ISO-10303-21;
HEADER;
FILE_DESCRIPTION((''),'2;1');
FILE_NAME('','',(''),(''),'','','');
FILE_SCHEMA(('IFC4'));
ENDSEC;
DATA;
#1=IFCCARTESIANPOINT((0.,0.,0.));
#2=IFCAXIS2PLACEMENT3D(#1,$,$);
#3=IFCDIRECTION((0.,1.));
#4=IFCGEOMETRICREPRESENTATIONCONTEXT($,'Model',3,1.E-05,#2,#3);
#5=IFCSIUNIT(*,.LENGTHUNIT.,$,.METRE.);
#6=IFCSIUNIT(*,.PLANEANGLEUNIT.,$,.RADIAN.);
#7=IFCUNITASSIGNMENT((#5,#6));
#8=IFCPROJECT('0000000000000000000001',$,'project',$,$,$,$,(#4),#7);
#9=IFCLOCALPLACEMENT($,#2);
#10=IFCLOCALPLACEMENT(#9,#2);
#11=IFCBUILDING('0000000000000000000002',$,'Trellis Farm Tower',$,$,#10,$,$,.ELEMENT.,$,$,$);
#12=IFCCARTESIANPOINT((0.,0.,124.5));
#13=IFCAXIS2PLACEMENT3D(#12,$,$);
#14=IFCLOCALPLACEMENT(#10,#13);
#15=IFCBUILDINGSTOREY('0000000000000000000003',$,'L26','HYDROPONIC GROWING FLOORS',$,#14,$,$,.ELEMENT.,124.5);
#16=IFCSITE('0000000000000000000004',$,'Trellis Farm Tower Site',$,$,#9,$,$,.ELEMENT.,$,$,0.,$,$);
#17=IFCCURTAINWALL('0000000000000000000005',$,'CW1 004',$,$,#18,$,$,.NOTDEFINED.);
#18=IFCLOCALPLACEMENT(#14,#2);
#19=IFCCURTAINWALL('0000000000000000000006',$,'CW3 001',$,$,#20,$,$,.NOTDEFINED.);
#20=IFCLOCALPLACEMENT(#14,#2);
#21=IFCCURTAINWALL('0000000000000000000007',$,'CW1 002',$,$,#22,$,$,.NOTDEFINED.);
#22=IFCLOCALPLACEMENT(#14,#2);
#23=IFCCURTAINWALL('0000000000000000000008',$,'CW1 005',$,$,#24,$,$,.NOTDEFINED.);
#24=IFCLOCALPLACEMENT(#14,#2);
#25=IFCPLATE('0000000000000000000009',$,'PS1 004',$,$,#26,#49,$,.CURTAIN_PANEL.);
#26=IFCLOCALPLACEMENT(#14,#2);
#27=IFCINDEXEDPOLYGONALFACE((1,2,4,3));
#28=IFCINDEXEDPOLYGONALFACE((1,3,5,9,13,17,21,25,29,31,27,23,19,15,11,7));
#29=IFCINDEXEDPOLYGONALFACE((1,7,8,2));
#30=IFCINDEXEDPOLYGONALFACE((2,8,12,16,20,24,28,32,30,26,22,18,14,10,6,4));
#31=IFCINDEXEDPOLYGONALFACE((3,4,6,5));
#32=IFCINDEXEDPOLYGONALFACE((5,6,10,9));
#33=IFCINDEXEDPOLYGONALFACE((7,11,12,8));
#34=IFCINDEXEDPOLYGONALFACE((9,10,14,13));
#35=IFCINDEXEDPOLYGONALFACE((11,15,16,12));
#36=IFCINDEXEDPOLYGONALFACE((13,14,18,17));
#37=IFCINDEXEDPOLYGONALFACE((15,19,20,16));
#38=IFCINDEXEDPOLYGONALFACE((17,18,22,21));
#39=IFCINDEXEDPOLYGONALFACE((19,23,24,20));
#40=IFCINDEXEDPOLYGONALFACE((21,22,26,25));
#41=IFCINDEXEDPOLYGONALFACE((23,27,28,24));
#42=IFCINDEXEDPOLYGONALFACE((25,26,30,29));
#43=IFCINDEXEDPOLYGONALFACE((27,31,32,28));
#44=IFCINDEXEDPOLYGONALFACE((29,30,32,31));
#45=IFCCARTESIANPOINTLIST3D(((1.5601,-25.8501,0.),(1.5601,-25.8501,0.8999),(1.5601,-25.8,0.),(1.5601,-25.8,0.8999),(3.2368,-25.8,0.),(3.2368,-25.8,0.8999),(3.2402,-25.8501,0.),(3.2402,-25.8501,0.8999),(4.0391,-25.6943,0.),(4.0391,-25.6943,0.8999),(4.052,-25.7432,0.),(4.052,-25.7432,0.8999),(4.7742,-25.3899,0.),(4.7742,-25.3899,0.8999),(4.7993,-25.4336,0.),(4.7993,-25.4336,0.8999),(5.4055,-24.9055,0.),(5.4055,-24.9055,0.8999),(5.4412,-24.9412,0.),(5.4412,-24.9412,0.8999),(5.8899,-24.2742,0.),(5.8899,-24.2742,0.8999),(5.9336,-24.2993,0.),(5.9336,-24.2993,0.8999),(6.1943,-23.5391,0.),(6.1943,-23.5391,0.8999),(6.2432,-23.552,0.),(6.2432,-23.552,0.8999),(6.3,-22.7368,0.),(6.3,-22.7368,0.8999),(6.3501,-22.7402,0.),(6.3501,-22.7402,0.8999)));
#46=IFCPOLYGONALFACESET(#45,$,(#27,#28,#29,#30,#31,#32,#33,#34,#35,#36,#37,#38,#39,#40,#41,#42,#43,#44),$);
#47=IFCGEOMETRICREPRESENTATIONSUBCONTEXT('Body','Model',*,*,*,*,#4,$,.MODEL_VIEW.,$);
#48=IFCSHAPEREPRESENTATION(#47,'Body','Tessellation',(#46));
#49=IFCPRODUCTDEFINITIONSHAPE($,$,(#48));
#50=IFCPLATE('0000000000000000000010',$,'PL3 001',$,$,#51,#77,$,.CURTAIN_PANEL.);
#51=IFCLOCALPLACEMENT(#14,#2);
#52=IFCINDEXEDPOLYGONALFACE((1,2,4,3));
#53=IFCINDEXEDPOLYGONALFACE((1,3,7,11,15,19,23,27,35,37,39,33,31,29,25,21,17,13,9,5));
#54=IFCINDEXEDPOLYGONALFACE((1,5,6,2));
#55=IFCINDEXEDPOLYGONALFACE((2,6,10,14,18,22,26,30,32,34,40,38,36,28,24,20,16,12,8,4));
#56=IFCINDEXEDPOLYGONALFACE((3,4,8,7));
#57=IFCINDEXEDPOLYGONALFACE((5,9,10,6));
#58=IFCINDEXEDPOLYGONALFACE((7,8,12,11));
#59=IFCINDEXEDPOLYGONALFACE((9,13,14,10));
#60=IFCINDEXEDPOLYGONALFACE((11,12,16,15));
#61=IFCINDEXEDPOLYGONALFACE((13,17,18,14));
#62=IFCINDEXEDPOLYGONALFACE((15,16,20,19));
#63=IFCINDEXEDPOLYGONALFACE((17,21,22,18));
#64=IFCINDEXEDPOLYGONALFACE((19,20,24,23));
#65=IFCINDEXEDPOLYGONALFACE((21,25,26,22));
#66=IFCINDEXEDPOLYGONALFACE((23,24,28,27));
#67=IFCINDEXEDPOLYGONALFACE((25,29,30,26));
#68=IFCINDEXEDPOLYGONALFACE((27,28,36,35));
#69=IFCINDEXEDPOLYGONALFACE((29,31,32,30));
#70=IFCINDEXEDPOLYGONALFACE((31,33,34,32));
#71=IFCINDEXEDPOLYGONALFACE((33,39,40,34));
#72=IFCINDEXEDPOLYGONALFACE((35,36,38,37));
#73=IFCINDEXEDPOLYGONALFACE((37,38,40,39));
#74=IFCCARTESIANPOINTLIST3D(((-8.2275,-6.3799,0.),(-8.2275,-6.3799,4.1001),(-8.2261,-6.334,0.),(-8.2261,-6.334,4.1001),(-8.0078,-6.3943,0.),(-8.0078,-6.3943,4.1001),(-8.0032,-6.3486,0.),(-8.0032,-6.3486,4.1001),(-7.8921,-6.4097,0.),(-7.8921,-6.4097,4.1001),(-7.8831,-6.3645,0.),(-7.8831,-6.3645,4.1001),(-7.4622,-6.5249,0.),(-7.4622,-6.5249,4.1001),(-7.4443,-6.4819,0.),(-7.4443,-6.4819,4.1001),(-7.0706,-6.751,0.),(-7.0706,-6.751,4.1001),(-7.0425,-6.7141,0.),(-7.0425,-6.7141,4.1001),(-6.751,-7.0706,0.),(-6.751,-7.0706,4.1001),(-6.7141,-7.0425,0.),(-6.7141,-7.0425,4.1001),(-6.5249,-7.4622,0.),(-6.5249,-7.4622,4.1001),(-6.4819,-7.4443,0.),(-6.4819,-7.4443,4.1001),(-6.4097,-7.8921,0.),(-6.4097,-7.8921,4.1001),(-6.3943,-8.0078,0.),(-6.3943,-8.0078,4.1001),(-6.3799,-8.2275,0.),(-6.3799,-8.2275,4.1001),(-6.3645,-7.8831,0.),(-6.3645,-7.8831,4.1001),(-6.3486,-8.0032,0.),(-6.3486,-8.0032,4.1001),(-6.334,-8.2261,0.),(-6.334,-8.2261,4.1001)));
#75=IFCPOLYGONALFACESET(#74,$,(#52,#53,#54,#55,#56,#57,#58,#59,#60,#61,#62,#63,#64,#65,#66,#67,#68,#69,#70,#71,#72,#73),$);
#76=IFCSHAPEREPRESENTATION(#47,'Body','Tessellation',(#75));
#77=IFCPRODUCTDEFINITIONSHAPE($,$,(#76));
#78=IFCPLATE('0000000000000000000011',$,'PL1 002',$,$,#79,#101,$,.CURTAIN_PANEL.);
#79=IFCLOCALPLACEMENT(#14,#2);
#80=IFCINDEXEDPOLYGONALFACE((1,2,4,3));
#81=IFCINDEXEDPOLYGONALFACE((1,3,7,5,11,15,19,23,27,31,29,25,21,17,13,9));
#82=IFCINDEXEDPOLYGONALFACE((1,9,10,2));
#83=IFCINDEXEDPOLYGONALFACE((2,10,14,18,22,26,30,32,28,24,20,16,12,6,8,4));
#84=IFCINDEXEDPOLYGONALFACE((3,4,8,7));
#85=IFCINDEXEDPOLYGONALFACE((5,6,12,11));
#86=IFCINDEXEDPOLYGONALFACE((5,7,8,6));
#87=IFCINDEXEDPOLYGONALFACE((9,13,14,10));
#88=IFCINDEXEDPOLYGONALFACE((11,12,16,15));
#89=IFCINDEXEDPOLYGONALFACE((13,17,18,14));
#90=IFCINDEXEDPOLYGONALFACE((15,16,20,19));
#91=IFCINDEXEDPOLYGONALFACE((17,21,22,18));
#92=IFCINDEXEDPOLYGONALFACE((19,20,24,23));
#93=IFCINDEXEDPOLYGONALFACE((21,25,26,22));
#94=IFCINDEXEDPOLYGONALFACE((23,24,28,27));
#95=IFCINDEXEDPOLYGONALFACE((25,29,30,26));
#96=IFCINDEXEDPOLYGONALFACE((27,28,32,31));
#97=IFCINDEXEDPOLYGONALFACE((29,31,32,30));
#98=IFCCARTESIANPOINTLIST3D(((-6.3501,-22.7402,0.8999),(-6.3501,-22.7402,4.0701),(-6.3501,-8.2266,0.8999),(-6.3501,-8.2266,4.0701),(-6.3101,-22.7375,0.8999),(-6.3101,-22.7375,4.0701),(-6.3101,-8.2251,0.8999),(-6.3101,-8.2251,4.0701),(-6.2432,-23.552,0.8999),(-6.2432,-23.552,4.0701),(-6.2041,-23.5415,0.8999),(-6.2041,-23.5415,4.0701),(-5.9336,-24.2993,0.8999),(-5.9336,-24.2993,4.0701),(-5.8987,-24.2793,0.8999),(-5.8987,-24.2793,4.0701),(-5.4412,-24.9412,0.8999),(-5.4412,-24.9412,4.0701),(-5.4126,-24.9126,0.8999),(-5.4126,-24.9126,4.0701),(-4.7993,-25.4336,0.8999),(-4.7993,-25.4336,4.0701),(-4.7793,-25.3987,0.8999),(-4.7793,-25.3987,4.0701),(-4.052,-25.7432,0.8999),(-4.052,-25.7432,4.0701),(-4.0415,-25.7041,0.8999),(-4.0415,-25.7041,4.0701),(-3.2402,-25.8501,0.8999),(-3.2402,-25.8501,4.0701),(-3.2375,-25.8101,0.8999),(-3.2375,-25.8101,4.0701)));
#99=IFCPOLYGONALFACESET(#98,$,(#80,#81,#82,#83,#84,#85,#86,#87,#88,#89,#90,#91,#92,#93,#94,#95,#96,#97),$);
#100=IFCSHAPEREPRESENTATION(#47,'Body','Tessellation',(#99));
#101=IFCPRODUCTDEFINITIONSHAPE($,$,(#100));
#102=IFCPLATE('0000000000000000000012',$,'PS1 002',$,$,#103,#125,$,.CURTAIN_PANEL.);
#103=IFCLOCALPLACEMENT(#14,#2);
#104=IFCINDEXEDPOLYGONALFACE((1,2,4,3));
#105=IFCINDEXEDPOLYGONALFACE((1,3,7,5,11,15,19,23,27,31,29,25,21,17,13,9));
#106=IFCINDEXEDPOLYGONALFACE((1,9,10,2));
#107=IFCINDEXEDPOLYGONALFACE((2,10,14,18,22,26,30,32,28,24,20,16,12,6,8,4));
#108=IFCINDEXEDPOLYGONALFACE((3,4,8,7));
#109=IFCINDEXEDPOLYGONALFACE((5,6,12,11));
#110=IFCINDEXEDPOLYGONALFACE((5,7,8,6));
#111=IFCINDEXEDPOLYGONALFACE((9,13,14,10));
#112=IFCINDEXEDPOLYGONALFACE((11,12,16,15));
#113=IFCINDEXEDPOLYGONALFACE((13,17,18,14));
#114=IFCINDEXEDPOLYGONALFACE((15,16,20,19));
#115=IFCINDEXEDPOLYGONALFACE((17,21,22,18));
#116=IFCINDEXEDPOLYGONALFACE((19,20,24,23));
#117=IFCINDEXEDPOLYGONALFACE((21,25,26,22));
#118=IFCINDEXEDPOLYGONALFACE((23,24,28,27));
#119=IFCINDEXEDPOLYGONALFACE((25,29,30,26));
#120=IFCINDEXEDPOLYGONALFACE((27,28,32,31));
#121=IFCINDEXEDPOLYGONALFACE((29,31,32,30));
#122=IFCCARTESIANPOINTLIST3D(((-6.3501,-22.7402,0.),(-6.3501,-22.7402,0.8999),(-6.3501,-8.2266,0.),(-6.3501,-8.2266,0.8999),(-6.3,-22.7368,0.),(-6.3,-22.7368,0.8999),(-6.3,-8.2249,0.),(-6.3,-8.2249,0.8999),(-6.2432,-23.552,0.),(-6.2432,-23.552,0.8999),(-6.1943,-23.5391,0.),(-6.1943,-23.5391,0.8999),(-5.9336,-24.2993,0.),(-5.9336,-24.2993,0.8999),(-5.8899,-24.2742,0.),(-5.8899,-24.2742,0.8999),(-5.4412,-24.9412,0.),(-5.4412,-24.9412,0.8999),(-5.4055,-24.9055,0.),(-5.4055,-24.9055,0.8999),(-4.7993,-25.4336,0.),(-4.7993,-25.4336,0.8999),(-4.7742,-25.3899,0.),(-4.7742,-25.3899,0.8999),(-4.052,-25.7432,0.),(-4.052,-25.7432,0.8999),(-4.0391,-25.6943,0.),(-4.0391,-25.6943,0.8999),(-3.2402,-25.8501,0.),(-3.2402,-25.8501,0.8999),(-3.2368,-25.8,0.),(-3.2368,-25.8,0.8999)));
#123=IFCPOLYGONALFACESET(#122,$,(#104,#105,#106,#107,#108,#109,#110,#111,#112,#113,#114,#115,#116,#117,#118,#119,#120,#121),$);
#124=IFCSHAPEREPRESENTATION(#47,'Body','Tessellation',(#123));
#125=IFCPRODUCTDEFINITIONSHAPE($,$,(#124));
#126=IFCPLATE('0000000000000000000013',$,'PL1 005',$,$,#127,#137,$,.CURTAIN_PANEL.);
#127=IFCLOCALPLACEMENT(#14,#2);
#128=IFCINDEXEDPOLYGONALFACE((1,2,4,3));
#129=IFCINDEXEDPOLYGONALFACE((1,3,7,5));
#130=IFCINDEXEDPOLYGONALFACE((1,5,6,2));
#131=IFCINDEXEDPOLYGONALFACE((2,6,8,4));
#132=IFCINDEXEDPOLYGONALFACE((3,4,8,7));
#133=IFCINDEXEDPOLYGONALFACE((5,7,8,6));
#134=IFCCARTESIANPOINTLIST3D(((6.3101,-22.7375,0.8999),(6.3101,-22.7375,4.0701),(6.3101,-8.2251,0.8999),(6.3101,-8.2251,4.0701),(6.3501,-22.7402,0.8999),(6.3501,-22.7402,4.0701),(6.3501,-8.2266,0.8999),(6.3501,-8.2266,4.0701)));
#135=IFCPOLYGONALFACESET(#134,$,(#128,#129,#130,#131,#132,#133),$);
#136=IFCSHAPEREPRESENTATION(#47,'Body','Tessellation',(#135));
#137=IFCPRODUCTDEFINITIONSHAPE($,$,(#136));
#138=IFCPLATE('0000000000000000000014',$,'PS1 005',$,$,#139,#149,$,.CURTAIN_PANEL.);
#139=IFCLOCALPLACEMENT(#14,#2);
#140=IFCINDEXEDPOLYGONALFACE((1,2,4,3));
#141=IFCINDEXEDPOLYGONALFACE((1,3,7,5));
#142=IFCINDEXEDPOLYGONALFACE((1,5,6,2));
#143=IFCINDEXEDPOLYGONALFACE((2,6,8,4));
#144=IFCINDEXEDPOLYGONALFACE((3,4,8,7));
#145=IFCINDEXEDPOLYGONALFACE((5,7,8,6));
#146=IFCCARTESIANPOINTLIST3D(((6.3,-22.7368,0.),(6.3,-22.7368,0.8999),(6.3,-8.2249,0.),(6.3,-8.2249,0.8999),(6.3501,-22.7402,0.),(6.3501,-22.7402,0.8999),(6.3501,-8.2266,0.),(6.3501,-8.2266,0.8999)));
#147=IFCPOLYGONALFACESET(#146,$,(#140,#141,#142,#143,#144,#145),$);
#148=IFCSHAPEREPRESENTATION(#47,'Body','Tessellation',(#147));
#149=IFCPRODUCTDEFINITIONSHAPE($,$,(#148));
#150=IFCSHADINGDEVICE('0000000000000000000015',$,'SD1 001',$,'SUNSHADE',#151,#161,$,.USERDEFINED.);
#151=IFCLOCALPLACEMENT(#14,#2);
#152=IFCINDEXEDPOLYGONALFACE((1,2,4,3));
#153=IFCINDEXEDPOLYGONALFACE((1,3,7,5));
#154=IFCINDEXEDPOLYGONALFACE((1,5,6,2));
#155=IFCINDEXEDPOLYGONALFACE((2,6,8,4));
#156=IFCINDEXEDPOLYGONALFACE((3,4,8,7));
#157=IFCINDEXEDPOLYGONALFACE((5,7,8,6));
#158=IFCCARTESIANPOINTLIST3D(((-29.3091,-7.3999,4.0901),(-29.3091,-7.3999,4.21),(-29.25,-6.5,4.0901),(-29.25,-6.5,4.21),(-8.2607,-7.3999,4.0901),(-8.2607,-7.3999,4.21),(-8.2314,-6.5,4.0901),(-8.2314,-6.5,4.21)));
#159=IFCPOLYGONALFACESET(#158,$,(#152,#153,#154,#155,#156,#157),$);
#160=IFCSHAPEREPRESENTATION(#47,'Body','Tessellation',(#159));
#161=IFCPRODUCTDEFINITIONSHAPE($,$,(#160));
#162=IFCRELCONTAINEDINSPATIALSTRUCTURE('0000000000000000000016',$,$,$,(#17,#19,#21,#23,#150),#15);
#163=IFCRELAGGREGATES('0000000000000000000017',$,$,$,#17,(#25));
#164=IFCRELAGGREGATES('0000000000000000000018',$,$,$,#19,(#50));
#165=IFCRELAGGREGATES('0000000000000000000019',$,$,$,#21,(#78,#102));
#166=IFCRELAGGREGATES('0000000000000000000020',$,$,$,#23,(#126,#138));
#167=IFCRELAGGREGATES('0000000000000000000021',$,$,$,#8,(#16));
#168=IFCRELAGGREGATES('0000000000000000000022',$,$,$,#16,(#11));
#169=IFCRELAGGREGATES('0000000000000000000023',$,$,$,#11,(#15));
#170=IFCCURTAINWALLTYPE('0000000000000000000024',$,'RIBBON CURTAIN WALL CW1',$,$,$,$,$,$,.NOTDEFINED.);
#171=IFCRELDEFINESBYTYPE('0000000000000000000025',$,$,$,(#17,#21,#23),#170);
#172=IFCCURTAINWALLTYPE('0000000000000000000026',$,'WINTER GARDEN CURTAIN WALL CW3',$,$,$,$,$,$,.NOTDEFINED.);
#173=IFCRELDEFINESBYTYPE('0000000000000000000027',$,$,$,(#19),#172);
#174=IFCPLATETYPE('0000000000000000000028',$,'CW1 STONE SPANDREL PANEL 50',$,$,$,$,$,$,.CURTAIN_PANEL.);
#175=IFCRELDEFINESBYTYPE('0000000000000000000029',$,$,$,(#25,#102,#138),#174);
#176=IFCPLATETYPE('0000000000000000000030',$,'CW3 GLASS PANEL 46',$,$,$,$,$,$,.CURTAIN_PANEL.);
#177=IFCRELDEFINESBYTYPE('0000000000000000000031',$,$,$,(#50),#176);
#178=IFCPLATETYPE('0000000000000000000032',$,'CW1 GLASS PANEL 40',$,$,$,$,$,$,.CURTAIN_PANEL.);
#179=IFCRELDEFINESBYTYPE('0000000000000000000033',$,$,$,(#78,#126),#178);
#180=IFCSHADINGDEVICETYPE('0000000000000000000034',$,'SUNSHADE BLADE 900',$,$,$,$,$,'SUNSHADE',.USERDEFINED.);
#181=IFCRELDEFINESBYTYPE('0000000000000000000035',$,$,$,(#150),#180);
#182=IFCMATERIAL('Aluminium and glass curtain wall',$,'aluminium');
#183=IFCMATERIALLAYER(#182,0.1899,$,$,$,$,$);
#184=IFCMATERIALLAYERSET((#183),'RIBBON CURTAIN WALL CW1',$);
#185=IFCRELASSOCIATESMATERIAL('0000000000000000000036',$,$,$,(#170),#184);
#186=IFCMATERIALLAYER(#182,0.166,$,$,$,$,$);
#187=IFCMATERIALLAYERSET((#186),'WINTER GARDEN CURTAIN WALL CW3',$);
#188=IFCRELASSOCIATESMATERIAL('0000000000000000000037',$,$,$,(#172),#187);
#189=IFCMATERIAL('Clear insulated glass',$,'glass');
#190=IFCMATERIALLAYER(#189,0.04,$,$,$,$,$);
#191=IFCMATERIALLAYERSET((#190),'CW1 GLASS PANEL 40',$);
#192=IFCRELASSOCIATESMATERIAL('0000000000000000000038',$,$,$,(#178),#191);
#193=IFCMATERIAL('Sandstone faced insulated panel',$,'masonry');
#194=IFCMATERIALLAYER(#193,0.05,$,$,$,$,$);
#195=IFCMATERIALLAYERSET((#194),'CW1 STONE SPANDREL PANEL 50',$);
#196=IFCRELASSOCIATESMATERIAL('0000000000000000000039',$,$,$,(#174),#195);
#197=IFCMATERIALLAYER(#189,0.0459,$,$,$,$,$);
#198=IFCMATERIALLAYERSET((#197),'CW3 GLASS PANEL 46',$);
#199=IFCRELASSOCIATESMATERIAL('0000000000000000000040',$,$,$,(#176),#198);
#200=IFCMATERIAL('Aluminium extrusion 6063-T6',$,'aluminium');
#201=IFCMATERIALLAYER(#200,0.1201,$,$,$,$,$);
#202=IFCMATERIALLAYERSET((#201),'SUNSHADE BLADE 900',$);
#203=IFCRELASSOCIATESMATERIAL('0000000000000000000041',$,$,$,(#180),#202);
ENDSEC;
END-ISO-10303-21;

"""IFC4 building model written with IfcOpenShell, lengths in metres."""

from ifc_helpers import new_model, si_unit, direction, frame, origin, place, context, subcontext, project, spatial, polyline, outline, extrude, source, transform, mapped, material, layer, layer_set, type_object, element, aggregate, save


model = new_model("IFC4")

# Units and contexts
model_context = context("Model", 3, precision=1e-05, world=origin(), true_north=direction((0.0, 1.0)))
body_context = subcontext(model_context, "Body", "Model", "MODEL_VIEW")
ifc_project = project(units=[si_unit("LENGTHUNIT", "METRE"), si_unit("PLANEANGLEUNIT", "RADIAN")], contexts=[model_context])

# Site, building, storey
site_placement = place(None, origin())
site = spatial("IfcSite", under=ifc_project, at=site_placement, Name="Trellis Farm Tower Site", CompositionType="ELEMENT", RefElevation=0.0)
building_placement = place(site_placement, origin())
building = spatial("IfcBuilding", under=site, at=building_placement, Name="Trellis Farm Tower", CompositionType="ELEMENT")
storey_placement = place(building_placement, frame((0.0, 0.0, 124.5)))
storey = spatial("IfcBuildingStorey", under=building, at=storey_placement, Name="L26", Description="HYDROPONIC GROWING FLOORS", CompositionType="ELEMENT", Elevation=124.5)

# Curtain walls
ifc_material_1 = material(Name="Aluminium and glass curtain wall", Category="aluminium")
ifc_layer_1 = layer(ifc_material_1, 0.1899)
ifc_layer_set_1 = layer_set([ifc_layer_1], Name="RIBBON CURTAIN WALL CW1")
curtain_wall_type_1 = type_object("IfcCurtainWallType", Name="RIBBON CURTAIN WALL CW1", PredefinedType="NOTDEFINED", material=ifc_layer_set_1)
placement_1 = place(storey_placement, origin())
ifc_material_2 = material(Name="Aluminium extrusion 6063-T6", Category="aluminium")
curtain_wall_1 = element("IfcCurtainWall", 1, at=placement_1, inside=storey, type_object=curtain_wall_type_1, Name="CW1 004", PredefinedType="NOTDEFINED")
ifc_layer_2 = layer(ifc_material_1, 0.166)
ifc_layer_set_2 = layer_set([ifc_layer_2], Name="WINTER GARDEN CURTAIN WALL CW3")
curtain_wall_type_2 = type_object("IfcCurtainWallType", Name="WINTER GARDEN CURTAIN WALL CW3", PredefinedType="NOTDEFINED", material=ifc_layer_set_2)
curtain_wall_2 = element("IfcCurtainWall", 2, at=placement_1, inside=storey, type_object=curtain_wall_type_2, Name="CW3 001", PredefinedType="NOTDEFINED")
curtain_wall_3 = element("IfcCurtainWall", 3, at=placement_1, inside=storey, type_object=curtain_wall_type_1, Name="CW1 002", PredefinedType="NOTDEFINED")
curtain_wall_4 = element("IfcCurtainWall", 4, at=placement_1, inside=storey, type_object=curtain_wall_type_1, Name="CW1 005", PredefinedType="NOTDEFINED")

# Plates
ifc_material_3 = material(Name="Clear insulated glass", Category="glass")
ifc_layer_3 = layer(ifc_material_3, 0.04)
ifc_layer_set_3 = layer_set([ifc_layer_3], Name="CW1 GLASS PANEL 40")
plate_type_1 = type_object("IfcPlateType", Name="CW1 GLASS PANEL 40", PredefinedType="CURTAIN_PANEL", material=ifc_layer_set_3)
placement_2 = place(storey_placement, frame((0.0, 0.0, 0.8999)))
ifc_material_4 = material(Name="Sandstone faced insulated panel", Category="masonry")
ifc_layer_4 = layer(ifc_material_4, 0.05)
ifc_layer_set_4 = layer_set([ifc_layer_4], Name="CW1 STONE SPANDREL PANEL 50")
plate_type_2 = type_object("IfcPlateType", Name="CW1 STONE SPANDREL PANEL 50", PredefinedType="CURTAIN_PANEL", material=ifc_layer_set_4)
plate_1 = element("IfcPlate", 5, at=placement_1, type_object=plate_type_2, Name="PS1 004", PredefinedType="CURTAIN_PANEL", context=body_context, shape_type="SweptSolid", body=[
    extrude(outline(polyline([(1.5601, -25.8501), (3.2402, -25.8501), (4.052, -25.7432), (4.7993, -25.4336), (5.4412, -24.9412), (5.9336, -24.2993), (6.2432, -23.552), (6.3501, -22.7402), (6.3, -22.7368), (6.1943, -23.5391), (5.8899, -24.2742), (5.4055, -24.9055), (4.7742, -25.3899), (4.0391, -25.6943), (3.2368, -25.8), (1.5601, -25.8), (1.5601, -25.8501)])), origin(), (0.0, 0.0, 1.0), 0.8999),
])
aggregate(curtain_wall_1, [plate_1])
ifc_layer_5 = layer(ifc_material_3, 0.0459)
ifc_layer_set_5 = layer_set([ifc_layer_5], Name="CW3 GLASS PANEL 46")
plate_type_3 = type_object("IfcPlateType", Name="CW3 GLASS PANEL 46", PredefinedType="CURTAIN_PANEL", material=ifc_layer_set_5)
shared_shape_1 = source(origin(), body_context, "Body", "SweptSolid", [
    extrude(outline(polyline([(-8.2275, -6.3799), (-8.0078, -6.3943), (-7.8921, -6.4097), (-7.4622, -6.5249), (-7.0706, -6.751), (-6.751, -7.0706), (-6.5249, -7.4622), (-6.4097, -7.8921), (-6.3943, -8.0078), (-6.3799, -8.2275), (-6.334, -8.2261), (-6.3486, -8.0032), (-6.3645, -7.8831), (-6.4819, -7.4443), (-6.7141, -7.0425), (-7.0425, -6.7141), (-7.4443, -6.4819), (-7.8831, -6.3645), (-8.0032, -6.3486), (-8.2261, -6.334), (-8.2275, -6.3799)])), origin(), (0.0, 0.0, 1.0), 4.1001),
])
plate_2 = element("IfcPlate", 6, at=placement_1, type_object=plate_type_3, Name="PL3 001", PredefinedType="CURTAIN_PANEL", context=body_context, shape_type="MappedRepresentation", body=[
    mapped(shared_shape_1, transform((0.0, 0.0, 0.0))),
])
aggregate(curtain_wall_2, [plate_2])
shared_shape_2 = source(origin(), body_context, "Body", "SweptSolid", [
    extrude(outline(polyline([(-6.3501, -8.2266), (-6.3501, -22.7402), (-6.2432, -23.552), (-5.9336, -24.2993), (-5.4412, -24.9412), (-4.7993, -25.4336), (-4.052, -25.7432), (-3.2402, -25.8501), (-3.2375, -25.8101), (-4.0415, -25.7041), (-4.7793, -25.3987), (-5.4126, -24.9126), (-5.8987, -24.2793), (-6.2041, -23.5415), (-6.3101, -22.7375), (-6.3101, -8.2251), (-6.3501, -8.2266)])), origin(), (0.0, 0.0, 1.0), 3.1702),
])
plate_3 = element("IfcPlate", 7, at=placement_2, type_object=plate_type_1, Name="PL1 002", PredefinedType="CURTAIN_PANEL", context=body_context, shape_type="MappedRepresentation", body=[
    mapped(shared_shape_2, transform((0.0, 0.0, 0.0))),
])
shared_shape_3 = source(origin(), body_context, "Body", "SweptSolid", [
    extrude(outline(polyline([(-6.3501, -8.2266), (-6.3501, -22.7402), (-6.2432, -23.552), (-5.9336, -24.2993), (-5.4412, -24.9412), (-4.7993, -25.4336), (-4.052, -25.7432), (-3.2402, -25.8501), (-3.2368, -25.8), (-4.0391, -25.6943), (-4.7742, -25.3899), (-5.4055, -24.9055), (-5.8899, -24.2742), (-6.1943, -23.5391), (-6.3, -22.7368), (-6.3, -8.2249), (-6.3501, -8.2266)])), origin(), (0.0, 0.0, 1.0), 0.8999),
])
plate_4 = element("IfcPlate", 8, at=placement_1, type_object=plate_type_2, Name="PS1 002", PredefinedType="CURTAIN_PANEL", context=body_context, shape_type="MappedRepresentation", body=[
    mapped(shared_shape_3, transform((0.0, 0.0, 0.0))),
])
aggregate(curtain_wall_3, [plate_3, plate_4])
shared_shape_4 = source(origin(), body_context, "Body", "SweptSolid", [
    extrude(outline(polyline([(6.3501, -22.7402), (6.3501, -8.2266), (6.3101, -8.2251), (6.3101, -22.7375), (6.3501, -22.7402)])), origin(), (0.0, 0.0, 1.0), 3.1702),
])
plate_5 = element("IfcPlate", 9, at=placement_2, type_object=plate_type_1, Name="PL1 005", PredefinedType="CURTAIN_PANEL", context=body_context, shape_type="MappedRepresentation", body=[
    mapped(shared_shape_4, transform((0.0, 0.0, 0.0))),
])
shared_shape_5 = source(origin(), body_context, "Body", "SweptSolid", [
    extrude(outline(polyline([(6.3501, -22.7402), (6.3501, -8.2266), (6.3, -8.2249), (6.3, -22.7368), (6.3501, -22.7402)])), origin(), (0.0, 0.0, 1.0), 0.8999),
])
plate_6 = element("IfcPlate", 10, at=placement_1, type_object=plate_type_2, Name="PS1 005", PredefinedType="CURTAIN_PANEL", context=body_context, shape_type="MappedRepresentation", body=[
    mapped(shared_shape_5, transform((0.0, 0.0, 0.0))),
])
aggregate(curtain_wall_4, [plate_5, plate_6])

# Shading device
ifc_layer_6 = layer(ifc_material_2, 0.1201)
ifc_layer_set_6 = layer_set([ifc_layer_6], Name="SUNSHADE BLADE 900")
shading_device_type_1 = type_object("IfcShadingDeviceType", Name="SUNSHADE BLADE 900", ElementType="SUNSHADE", PredefinedType="USERDEFINED", material=ifc_layer_set_6)
shared_shape_6 = source(origin(), body_context, "Body", "SweptSolid", [
    extrude(outline(polyline([(-29.3091, -7.3999), (-8.2607, -7.3999), (-8.2314, -6.5), (-29.25, -6.5), (-29.3091, -7.3999)])), origin(), (0.0, 0.0, 1.0), 0.1199),
])
placement_3 = place(storey_placement, frame((0.0, 0.0, 4.0901)))
element("IfcShadingDevice", 11, at=placement_3, inside=storey, type_object=shading_device_type_1, Name="SD1 001", ObjectType="SUNSHADE", PredefinedType="USERDEFINED", context=body_context, shape_type="MappedRepresentation", body=[
    mapped(shared_shape_6, transform((0.0, 0.0, 0.0))),
])

save(model, "model.ifc")
